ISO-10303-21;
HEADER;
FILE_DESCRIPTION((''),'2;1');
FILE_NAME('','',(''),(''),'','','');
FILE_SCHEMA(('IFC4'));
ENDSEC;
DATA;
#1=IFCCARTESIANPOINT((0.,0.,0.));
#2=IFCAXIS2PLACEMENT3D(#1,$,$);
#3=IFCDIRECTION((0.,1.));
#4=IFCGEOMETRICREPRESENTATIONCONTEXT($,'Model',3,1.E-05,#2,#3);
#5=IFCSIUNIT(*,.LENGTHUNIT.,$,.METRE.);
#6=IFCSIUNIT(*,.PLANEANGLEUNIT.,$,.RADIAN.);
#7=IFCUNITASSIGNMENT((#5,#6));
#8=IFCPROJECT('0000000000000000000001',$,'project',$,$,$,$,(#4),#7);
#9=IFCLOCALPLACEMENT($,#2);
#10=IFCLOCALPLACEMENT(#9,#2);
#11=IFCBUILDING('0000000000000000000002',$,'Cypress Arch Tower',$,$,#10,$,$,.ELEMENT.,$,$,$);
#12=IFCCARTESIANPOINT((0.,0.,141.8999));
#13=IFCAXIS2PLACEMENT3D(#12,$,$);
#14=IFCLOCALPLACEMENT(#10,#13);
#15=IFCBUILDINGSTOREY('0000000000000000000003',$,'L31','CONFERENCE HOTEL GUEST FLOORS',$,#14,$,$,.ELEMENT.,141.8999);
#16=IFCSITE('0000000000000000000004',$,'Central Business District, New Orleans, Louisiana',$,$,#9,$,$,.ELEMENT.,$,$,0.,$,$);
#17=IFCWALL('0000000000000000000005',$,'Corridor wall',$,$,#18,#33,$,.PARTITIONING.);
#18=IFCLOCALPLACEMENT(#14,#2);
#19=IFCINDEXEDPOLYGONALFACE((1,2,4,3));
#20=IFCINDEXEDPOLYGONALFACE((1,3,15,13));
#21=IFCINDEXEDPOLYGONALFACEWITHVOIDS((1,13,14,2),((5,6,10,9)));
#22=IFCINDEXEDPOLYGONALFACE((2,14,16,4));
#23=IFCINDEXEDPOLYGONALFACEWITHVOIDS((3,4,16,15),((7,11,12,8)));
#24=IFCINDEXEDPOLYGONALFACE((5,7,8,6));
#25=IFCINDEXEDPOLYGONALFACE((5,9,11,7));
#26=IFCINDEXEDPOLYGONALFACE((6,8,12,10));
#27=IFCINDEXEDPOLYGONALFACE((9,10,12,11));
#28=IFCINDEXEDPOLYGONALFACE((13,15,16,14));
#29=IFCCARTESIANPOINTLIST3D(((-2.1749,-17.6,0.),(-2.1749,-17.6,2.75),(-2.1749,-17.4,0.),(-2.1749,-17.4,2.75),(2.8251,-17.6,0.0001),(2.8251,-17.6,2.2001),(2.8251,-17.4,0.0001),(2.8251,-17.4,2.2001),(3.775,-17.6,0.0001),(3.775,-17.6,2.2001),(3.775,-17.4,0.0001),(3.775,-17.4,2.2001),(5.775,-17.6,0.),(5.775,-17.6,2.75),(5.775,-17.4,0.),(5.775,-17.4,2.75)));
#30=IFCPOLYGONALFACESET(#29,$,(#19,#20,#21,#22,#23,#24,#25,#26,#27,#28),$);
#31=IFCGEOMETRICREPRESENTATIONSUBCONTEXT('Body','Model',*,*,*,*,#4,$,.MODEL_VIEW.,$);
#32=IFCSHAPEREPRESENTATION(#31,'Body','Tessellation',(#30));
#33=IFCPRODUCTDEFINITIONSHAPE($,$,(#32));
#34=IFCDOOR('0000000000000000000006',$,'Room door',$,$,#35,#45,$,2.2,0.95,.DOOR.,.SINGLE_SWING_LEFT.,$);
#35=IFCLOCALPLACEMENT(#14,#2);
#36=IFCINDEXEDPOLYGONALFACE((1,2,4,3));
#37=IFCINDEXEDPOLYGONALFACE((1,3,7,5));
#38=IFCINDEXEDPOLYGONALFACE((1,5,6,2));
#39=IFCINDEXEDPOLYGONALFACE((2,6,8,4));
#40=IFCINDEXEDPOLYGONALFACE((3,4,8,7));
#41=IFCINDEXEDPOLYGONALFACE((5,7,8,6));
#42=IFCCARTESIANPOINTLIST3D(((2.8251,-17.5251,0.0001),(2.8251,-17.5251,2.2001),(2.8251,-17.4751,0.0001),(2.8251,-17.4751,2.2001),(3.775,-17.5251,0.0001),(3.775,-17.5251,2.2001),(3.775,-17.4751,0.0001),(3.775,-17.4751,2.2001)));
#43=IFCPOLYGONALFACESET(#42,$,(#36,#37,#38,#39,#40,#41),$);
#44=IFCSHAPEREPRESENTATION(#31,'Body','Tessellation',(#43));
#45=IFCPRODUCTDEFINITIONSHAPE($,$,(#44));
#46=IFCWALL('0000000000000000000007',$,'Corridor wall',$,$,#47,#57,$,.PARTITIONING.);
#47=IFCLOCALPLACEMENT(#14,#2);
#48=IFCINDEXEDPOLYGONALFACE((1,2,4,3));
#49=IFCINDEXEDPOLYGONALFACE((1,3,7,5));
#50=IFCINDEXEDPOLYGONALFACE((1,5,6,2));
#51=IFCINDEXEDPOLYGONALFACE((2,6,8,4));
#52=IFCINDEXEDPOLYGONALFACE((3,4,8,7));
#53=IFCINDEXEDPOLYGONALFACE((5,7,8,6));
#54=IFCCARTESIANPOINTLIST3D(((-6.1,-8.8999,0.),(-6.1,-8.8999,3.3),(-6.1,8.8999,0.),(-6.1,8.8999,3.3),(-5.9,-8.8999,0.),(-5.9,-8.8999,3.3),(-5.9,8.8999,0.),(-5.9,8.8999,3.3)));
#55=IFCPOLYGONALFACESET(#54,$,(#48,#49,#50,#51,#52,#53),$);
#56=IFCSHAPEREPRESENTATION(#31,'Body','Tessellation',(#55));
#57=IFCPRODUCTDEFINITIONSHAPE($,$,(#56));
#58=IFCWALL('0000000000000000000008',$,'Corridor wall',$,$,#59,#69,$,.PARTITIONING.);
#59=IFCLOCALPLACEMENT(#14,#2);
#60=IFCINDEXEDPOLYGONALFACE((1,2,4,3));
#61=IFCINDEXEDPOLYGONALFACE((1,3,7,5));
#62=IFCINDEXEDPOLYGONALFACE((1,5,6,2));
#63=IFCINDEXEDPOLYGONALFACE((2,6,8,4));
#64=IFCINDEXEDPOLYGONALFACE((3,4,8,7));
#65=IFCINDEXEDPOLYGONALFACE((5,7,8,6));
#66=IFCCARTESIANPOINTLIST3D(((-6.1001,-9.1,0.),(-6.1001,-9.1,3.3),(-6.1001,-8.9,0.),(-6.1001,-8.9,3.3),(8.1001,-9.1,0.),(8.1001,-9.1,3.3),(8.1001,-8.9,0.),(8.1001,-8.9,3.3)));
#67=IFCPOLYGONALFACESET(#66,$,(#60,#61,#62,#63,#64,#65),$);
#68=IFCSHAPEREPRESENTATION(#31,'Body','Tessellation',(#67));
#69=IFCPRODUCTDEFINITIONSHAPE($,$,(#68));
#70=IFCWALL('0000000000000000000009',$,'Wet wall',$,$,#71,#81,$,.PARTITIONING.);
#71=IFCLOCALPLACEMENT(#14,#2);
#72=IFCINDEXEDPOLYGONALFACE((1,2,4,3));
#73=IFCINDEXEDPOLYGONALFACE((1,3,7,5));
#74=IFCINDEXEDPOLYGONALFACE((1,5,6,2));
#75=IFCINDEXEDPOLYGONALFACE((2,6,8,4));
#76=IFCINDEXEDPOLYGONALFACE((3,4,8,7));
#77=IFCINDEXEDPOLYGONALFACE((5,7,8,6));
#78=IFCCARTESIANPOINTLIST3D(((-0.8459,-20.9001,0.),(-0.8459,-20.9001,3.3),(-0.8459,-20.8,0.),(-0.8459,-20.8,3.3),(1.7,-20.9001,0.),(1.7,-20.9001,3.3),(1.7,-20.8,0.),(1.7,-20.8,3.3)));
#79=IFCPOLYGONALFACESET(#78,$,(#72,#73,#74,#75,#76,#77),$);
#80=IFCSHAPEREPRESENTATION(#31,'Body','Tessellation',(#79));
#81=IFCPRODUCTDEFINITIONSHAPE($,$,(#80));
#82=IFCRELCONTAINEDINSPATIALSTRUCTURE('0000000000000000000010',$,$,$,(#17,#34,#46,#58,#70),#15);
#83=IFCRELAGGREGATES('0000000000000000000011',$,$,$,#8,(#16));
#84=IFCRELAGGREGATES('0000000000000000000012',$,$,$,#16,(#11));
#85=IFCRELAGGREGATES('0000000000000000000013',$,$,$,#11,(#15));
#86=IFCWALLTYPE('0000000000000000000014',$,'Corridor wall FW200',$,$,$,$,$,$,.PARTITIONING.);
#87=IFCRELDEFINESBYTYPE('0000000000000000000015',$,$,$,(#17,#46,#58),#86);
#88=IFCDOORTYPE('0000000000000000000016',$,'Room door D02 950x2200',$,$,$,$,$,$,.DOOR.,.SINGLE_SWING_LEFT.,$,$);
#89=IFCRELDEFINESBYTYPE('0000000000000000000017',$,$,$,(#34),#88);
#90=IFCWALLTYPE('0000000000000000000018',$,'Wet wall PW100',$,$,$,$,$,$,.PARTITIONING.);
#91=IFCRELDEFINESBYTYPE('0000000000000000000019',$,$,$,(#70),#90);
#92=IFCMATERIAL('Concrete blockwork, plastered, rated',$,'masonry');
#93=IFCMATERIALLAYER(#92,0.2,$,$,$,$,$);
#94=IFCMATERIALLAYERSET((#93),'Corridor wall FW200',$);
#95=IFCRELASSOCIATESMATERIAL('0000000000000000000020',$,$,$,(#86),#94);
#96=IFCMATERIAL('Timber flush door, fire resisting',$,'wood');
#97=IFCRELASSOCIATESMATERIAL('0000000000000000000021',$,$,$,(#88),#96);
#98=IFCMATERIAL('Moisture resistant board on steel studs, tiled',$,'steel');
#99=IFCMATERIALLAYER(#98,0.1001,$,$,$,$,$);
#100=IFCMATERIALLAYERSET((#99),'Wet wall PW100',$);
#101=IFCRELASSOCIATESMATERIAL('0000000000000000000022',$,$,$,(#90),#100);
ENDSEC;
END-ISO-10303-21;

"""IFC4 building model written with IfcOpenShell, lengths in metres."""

from ifc_helpers import new_model, si_unit, direction, frame, frame_2d, origin, place, context, subcontext, project, spatial, rectangle, extrude, material, layer, layer_set, type_object, element, fill, save


model = new_model("IFC4")

# Units and contexts
model_context = context("Model", 3, precision=1e-05, world=origin(), true_north=direction((0.0, 1.0)))
body_context = subcontext(model_context, "Body", "Model", "MODEL_VIEW")
ifc_project = project(units=[si_unit("LENGTHUNIT", "METRE"), si_unit("PLANEANGLEUNIT", "RADIAN")], contexts=[model_context])

# Site, building, storey
site_placement = place(None, origin())
site = spatial("IfcSite", under=ifc_project, at=site_placement, Name="Central Business District, New Orleans, Louisiana", CompositionType="ELEMENT", RefElevation=0.0)
building_placement = place(site_placement, origin())
building = spatial("IfcBuilding", under=site, at=building_placement, Name="Cypress Arch Tower", CompositionType="ELEMENT")
storey_placement = place(building_placement, frame((0.0, 0.0, 141.8999)))
storey = spatial("IfcBuildingStorey", under=building, at=storey_placement, Name="L31", Description="CONFERENCE HOTEL GUEST FLOORS", CompositionType="ELEMENT", Elevation=141.8999)

# Shared definitions
ifc_material_1 = material(Name="Concrete blockwork, plastered, rated", Category="masonry")
ifc_layer_1 = layer(ifc_material_1, 0.2)
ifc_layer_set_1 = layer_set([ifc_layer_1], Name="Corridor wall FW200")
wall_type_1 = type_object("IfcWallType", Name="Corridor wall FW200", PredefinedType="PARTITIONING", material=ifc_layer_set_1)
ifc_material_2 = material(Name="Timber flush door, fire resisting", Category="wood")
door_type = type_object("IfcDoorType", Name="Room door D02 950x2200", OperationType="SINGLE_SWING_LEFT", PredefinedType="DOOR", material=ifc_material_2)

# Wall, opening, door
wall_1_placement = place(storey_placement, frame((-2.175, -17.5, 0.0), z_axis=(0.0, 0.0, 1.0), x_axis=(1.0, 0.0, 0.0)))
wall_1 = element("IfcWall", 1, at=wall_1_placement, inside=storey, type_object=wall_type_1, Name="Corridor wall", PredefinedType="PARTITIONING", context=body_context, shape_type="SweptSolid", body=[
    extrude(rectangle(XDim=7.95, YDim=0.2, at=frame_2d((3.9751, 0.0))), origin(), (0.0, 0.0, 1.0), 2.75),
])
opening_1_placement = place(wall_1_placement, frame((5.0, 0.0, 0.0)))
opening_1 = element("IfcOpeningElement", 2, at=opening_1_placement, cuts=wall_1, PredefinedType="OPENING", context=body_context, shape_type="SweptSolid", body=[
    extrude(rectangle(XDim=0.95, YDim=2.2, at=frame_2d((0.4751, 1.1001))), frame((0.0, 0.1099, 0.0), z_axis=(0.0, -1.0, 0.0), x_axis=(1.0, 0.0, 0.0)), (0.0, 0.0, 1.0), 0.22),
])
door_1_placement = place(opening_1_placement, origin())
door_1 = element("IfcDoor", 3, at=door_1_placement, inside=storey, type_object=door_type, Name="Room door", OperationType="SINGLE_SWING_LEFT", OverallHeight=2.2, OverallWidth=0.95, PredefinedType="DOOR", context=body_context, shape_type="SweptSolid", body=[
    extrude(rectangle(XDim=0.95, YDim=2.2, at=frame_2d((0.4751, 1.1001))), frame((0.0, 0.0249, 0.0), z_axis=(0.0, -1.0, 0.0), x_axis=(1.0, 0.0, 0.0)), (0.0, 0.0, 1.0), 0.05),
])
fill(opening_1, door_1)

# Walls
wall_2_placement = place(storey_placement, frame((-6.0, -8.8999, 0.0), z_axis=(0.0, 0.0, 1.0), x_axis=(0.0, 1.0, 0.0)))
element("IfcWall", 4, at=wall_2_placement, inside=storey, type_object=wall_type_1, Name="Corridor wall", PredefinedType="PARTITIONING", context=body_context, shape_type="SweptSolid", body=[
    extrude(rectangle(XDim=17.7998, YDim=0.2, at=frame_2d((8.8999, 0.0))), origin(), (0.0, 0.0, 1.0), 3.3),
])
wall_3_placement = place(storey_placement, frame((-6.1001, -9.0, 0.0), z_axis=(0.0, 0.0, 1.0), x_axis=(1.0, 0.0, 0.0)))
element("IfcWall", 5, at=wall_3_placement, inside=storey, type_object=wall_type_1, Name="Corridor wall", PredefinedType="PARTITIONING", context=body_context, shape_type="SweptSolid", body=[
    extrude(rectangle(XDim=14.2002, YDim=0.2, at=frame_2d((7.1001, 0.0))), origin(), (0.0, 0.0, 1.0), 3.3),
])
ifc_material_3 = material(Name="Moisture resistant board on steel studs, tiled", Category="steel")
ifc_layer_2 = layer(ifc_material_3, 0.1001)
ifc_layer_set_2 = layer_set([ifc_layer_2], Name="Wet wall PW100")
wall_type_2 = type_object("IfcWallType", Name="Wet wall PW100", PredefinedType="PARTITIONING", material=ifc_layer_set_2)
wall_4_placement = place(storey_placement, frame((-0.8459, -20.8501, 0.0), z_axis=(0.0, 0.0, 1.0), x_axis=(1.0, 0.0, 0.0)))
element("IfcWall", 6, at=wall_4_placement, inside=storey, type_object=wall_type_2, Name="Wet wall", PredefinedType="PARTITIONING", context=body_context, shape_type="SweptSolid", body=[
    extrude(rectangle(XDim=2.5459, YDim=0.1001, at=frame_2d((1.2729, 0.0))), origin(), (0.0, 0.0, 1.0), 3.3),
])

save(model, "model.ifc")
